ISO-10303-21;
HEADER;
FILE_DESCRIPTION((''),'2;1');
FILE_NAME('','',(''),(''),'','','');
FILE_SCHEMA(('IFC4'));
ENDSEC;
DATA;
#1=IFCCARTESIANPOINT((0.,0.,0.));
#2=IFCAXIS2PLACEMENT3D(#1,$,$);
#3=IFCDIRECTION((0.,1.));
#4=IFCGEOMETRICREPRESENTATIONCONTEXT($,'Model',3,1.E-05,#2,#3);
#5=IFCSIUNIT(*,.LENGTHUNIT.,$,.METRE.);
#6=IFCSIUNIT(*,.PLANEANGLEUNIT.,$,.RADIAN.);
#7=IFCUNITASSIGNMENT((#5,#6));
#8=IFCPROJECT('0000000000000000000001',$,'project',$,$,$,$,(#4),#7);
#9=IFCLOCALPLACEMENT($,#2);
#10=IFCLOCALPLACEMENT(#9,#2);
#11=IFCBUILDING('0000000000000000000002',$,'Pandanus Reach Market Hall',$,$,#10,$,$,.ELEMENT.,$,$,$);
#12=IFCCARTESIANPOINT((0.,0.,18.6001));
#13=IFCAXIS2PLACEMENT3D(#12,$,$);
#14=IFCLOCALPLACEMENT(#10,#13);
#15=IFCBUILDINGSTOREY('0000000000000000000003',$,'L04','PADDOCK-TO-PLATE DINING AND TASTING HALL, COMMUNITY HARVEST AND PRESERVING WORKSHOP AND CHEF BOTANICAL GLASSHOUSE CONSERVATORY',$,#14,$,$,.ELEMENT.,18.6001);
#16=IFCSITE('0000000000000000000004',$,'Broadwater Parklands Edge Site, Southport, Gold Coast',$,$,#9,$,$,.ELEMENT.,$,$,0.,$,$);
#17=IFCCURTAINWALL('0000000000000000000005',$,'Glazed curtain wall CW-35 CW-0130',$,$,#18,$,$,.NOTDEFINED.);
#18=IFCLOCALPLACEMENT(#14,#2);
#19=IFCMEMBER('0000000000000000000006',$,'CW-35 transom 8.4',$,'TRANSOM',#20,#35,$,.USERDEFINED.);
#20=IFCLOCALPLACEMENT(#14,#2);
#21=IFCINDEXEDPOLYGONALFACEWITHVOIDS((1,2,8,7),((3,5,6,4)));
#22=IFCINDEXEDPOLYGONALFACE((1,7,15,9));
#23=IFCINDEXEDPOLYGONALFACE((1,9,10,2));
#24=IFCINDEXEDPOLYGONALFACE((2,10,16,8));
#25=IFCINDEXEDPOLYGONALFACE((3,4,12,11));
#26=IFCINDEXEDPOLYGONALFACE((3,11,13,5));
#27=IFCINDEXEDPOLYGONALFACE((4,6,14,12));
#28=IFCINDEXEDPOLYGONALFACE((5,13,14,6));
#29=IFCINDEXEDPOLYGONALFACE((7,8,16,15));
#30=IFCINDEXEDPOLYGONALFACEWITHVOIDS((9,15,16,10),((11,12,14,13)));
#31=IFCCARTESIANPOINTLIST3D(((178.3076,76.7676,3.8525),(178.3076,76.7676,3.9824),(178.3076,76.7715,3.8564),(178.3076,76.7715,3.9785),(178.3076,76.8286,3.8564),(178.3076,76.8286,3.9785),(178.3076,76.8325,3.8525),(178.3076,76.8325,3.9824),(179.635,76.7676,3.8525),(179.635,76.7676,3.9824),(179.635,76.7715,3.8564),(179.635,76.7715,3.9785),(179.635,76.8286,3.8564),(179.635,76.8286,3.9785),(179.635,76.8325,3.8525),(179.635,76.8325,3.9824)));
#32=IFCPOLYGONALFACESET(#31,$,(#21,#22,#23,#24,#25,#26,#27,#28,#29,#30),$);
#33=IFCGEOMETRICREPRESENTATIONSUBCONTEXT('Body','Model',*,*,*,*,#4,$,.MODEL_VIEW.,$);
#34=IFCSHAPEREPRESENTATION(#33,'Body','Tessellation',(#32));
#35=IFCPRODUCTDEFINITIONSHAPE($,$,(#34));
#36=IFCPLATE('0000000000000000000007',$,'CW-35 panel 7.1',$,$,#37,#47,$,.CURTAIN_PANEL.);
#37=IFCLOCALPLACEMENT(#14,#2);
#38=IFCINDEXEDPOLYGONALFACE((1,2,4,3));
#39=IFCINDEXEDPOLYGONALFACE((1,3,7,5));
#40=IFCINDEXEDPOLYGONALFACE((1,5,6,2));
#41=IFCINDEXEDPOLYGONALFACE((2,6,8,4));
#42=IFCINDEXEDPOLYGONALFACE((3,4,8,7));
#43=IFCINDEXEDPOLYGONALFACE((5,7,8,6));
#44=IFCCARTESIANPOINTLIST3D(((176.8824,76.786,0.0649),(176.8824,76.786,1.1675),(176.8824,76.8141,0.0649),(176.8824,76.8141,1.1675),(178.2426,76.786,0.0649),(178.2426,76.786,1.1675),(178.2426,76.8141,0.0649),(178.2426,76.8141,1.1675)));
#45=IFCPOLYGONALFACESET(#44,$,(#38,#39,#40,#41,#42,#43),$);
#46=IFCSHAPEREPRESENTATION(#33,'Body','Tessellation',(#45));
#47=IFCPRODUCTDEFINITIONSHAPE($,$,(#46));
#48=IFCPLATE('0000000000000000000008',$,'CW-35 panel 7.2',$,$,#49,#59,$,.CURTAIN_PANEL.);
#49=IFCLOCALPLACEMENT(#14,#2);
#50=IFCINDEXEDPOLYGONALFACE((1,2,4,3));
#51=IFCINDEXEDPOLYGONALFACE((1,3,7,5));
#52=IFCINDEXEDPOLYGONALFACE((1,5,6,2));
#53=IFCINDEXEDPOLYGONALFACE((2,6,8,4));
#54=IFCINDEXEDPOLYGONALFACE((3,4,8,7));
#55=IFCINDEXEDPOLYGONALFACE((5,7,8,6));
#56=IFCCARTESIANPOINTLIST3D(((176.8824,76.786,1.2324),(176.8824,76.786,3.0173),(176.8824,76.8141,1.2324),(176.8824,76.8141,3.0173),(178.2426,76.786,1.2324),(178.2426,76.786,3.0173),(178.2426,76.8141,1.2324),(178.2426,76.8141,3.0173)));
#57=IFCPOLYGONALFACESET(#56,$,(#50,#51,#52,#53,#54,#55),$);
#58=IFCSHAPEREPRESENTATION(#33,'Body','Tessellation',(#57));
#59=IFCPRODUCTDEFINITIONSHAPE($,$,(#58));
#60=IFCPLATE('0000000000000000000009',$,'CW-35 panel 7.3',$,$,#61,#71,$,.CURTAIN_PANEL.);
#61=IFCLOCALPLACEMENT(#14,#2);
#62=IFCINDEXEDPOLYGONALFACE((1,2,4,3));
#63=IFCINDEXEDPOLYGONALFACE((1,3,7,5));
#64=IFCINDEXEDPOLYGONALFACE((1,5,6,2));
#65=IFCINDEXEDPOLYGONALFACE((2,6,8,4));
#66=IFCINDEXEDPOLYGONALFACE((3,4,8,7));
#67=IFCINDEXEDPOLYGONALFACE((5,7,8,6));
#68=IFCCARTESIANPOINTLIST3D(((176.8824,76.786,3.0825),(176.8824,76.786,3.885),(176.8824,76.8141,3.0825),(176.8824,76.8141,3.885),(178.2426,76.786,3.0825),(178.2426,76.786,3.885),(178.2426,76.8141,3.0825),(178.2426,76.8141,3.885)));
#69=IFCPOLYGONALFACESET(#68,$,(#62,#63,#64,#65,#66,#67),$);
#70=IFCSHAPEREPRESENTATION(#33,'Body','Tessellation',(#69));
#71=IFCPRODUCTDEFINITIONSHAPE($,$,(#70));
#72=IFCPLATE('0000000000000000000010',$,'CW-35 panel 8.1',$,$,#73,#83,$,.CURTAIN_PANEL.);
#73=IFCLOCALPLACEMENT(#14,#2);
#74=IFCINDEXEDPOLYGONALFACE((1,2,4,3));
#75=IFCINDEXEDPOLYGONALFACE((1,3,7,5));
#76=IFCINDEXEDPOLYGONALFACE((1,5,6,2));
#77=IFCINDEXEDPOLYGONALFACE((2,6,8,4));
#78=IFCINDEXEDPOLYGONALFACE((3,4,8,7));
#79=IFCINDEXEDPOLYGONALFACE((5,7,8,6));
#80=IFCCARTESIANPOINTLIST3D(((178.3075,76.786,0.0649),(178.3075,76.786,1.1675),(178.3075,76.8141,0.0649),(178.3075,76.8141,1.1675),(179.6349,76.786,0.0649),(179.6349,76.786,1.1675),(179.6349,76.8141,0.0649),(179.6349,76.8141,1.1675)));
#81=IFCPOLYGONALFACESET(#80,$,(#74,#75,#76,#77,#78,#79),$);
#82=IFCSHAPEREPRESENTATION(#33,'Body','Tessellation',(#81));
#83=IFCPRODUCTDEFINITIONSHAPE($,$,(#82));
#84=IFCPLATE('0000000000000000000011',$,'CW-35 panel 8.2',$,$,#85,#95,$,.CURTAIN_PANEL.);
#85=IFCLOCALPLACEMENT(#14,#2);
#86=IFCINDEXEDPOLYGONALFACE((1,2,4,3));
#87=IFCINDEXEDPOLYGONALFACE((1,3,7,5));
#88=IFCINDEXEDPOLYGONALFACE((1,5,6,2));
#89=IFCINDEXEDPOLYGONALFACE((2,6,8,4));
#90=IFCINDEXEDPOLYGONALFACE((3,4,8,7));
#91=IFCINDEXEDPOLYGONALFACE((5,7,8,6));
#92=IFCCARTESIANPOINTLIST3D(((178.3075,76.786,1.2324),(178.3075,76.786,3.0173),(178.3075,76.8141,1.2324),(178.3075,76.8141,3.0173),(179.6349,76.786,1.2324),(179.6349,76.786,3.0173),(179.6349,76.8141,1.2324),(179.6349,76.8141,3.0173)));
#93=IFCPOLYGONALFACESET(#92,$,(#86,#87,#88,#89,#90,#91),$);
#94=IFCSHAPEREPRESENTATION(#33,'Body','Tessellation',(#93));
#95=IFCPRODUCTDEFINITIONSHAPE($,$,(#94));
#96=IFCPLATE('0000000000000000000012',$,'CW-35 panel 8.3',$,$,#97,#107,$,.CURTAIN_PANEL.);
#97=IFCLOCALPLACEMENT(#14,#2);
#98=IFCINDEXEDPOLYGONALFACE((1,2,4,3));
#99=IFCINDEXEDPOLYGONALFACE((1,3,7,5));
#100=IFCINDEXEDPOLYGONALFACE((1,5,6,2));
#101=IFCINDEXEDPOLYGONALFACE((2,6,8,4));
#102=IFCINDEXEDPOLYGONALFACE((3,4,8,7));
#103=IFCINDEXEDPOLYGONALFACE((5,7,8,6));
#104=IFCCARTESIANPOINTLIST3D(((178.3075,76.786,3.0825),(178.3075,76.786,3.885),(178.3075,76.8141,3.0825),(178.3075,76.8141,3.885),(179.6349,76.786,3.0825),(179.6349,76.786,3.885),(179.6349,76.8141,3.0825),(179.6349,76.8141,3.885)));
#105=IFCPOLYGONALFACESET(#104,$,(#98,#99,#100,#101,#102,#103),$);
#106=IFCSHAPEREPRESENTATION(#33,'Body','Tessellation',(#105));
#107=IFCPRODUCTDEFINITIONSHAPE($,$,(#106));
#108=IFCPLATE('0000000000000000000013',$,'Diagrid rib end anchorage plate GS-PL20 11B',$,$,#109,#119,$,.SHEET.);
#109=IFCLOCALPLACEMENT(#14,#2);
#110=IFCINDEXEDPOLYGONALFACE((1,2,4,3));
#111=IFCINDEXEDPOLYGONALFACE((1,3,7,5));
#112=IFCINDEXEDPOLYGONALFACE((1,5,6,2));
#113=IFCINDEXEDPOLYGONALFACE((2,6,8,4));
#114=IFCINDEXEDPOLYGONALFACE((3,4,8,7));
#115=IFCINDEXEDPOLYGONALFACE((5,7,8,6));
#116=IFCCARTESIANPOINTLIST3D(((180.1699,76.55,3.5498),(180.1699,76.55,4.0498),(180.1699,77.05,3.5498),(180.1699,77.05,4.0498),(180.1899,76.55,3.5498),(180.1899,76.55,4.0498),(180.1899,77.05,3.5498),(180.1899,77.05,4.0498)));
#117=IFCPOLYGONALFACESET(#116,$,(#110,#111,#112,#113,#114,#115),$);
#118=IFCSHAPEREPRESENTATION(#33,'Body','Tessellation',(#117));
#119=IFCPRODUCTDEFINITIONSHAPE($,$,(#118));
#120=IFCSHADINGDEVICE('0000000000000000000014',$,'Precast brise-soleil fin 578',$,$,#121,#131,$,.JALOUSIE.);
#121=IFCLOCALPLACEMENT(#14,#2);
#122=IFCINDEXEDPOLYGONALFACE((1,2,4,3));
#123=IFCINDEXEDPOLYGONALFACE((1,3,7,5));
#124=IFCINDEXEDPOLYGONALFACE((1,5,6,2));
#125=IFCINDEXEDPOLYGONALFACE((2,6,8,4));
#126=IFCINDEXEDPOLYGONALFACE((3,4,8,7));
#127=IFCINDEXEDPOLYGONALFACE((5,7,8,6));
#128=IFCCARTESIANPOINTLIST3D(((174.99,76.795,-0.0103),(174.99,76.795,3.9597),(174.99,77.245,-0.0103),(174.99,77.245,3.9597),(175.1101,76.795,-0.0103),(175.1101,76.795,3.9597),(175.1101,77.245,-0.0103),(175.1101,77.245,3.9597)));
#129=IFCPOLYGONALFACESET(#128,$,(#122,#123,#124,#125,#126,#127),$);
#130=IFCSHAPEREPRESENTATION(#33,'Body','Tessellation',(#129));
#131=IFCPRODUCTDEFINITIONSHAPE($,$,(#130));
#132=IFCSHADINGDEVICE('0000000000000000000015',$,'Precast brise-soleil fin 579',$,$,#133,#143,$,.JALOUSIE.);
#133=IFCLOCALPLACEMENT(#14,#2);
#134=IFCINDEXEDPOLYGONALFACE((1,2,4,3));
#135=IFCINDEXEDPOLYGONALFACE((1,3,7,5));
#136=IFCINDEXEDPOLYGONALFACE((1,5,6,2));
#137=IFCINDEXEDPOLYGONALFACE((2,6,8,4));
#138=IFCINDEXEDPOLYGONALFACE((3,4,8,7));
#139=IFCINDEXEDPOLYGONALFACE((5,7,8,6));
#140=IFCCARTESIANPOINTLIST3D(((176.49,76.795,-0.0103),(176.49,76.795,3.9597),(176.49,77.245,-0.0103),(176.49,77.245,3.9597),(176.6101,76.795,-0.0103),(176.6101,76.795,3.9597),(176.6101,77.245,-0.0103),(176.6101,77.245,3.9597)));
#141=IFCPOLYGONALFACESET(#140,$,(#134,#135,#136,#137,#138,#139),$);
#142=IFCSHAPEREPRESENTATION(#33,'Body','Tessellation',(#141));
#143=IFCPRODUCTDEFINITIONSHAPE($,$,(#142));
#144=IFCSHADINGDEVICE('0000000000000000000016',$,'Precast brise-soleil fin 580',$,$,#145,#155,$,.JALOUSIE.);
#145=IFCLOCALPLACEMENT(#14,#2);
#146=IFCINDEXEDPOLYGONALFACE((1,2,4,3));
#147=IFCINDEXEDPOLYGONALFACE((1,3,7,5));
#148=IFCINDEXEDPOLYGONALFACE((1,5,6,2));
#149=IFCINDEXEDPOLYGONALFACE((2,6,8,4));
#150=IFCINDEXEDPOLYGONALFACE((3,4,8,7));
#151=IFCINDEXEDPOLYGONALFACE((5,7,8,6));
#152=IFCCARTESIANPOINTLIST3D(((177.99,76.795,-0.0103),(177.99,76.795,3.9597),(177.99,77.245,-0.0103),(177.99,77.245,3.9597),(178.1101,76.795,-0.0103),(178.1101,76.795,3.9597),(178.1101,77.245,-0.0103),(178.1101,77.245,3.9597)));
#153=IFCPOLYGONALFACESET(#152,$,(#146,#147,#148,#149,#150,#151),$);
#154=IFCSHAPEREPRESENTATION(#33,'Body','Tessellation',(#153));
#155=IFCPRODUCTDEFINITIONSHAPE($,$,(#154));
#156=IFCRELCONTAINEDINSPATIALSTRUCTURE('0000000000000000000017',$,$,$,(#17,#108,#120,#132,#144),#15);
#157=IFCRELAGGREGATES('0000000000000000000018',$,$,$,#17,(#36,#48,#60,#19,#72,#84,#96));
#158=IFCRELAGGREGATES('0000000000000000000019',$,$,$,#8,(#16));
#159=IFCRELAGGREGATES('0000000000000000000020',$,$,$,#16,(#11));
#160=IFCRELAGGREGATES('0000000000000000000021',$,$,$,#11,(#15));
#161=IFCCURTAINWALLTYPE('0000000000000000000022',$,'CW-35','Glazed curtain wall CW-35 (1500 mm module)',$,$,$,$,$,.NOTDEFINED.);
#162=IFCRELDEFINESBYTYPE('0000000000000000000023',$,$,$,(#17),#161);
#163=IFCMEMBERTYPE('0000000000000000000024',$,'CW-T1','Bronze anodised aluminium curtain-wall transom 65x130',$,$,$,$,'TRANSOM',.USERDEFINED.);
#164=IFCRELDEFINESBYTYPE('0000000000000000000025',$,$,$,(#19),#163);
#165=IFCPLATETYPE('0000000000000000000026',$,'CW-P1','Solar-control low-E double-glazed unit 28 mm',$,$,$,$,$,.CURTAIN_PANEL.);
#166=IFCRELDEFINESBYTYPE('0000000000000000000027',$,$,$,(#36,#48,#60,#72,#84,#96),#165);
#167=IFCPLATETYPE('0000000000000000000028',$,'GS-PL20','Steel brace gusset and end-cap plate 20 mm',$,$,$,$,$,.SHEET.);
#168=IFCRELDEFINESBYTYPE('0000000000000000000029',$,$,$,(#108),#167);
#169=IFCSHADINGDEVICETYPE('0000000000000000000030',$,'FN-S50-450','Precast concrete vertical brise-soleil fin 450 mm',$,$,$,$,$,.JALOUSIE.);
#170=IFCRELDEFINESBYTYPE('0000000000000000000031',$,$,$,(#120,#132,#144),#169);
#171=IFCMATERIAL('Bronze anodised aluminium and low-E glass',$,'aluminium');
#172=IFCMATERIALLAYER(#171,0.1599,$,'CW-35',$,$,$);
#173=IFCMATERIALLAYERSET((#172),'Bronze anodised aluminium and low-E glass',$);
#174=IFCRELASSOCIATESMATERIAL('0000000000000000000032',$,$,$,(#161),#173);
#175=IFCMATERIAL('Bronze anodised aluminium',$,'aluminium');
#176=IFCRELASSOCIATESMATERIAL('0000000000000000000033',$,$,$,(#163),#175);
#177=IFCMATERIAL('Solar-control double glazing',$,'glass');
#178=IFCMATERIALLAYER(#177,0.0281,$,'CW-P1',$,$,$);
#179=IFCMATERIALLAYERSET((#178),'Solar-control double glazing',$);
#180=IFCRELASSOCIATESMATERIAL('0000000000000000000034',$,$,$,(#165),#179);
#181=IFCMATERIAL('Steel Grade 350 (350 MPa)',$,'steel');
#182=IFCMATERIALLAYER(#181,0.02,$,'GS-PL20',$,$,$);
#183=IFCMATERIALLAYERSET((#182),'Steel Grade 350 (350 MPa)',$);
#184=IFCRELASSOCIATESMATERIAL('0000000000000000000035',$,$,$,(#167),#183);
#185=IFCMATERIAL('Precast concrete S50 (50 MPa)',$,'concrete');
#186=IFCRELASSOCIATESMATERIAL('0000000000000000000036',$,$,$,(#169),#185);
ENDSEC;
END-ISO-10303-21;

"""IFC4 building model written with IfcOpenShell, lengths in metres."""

from ifc_helpers import new_model, si_unit, direction, frame, origin, origin_2d, place, context, subcontext, project, spatial, rectangle, hollow_rectangle, extrude, material, layer, layer_set, material_profile, profile_set, type_object, element, aggregate, save


model = new_model("IFC4")

# Units and contexts
model_context = context("Model", 3, precision=1e-05, world=origin(), true_north=direction((0.0, 1.0)))
body_context = subcontext(model_context, "Body", "Model", "MODEL_VIEW")
ifc_project = project(units=[si_unit("LENGTHUNIT", "METRE"), si_unit("PLANEANGLEUNIT", "RADIAN")], contexts=[model_context])

# Site, building, storey
site_placement = place(None, origin())
site = spatial("IfcSite", under=ifc_project, at=site_placement, Name="Broadwater Parklands Edge Site, Southport, Gold Coast", CompositionType="ELEMENT", RefElevation=0.0)
building_placement = place(site_placement, origin())
building = spatial("IfcBuilding", under=site, at=building_placement, Name="Pandanus Reach Market Hall", CompositionType="ELEMENT")
storey_placement = place(building_placement, frame((0.0, 0.0, 18.6001)))
storey = spatial("IfcBuildingStorey", under=building, at=storey_placement, Name="L04", Description="PADDOCK-TO-PLATE DINING AND TASTING HALL, COMMUNITY HARVEST AND PRESERVING WORKSHOP AND CHEF BOTANICAL GLASSHOUSE CONSERVATORY", CompositionType="ELEMENT", Elevation=18.6001)

# Curtain wall, member, plates
ifc_material_1 = material(Name="Bronze anodised aluminium and low-E glass", Category="aluminium")
ifc_layer_1 = layer(ifc_material_1, 0.1599, Name="CW-35")
ifc_layer_set_1 = layer_set([ifc_layer_1], Name="Bronze anodised aluminium and low-E glass")
curtain_wall_type = type_object("IfcCurtainWallType", Name="CW-35", Description="Glazed curtain wall CW-35 (1500 mm module)", PredefinedType="NOTDEFINED", material=ifc_layer_set_1)
curtain_wall_placement = place(storey_placement, origin())
curtain_wall = element("IfcCurtainWall", 1, at=curtain_wall_placement, inside=storey, type_object=curtain_wall_type, Name="Glazed curtain wall CW-35 CW-0130", PredefinedType="NOTDEFINED")
ifc_material_2 = material(Name="Bronze anodised aluminium", Category="aluminium")
ifc_material_profile_1 = material_profile(ifc_material_2, hollow_rectangle(XDim=0.0649, YDim=0.1299, WallThickness=0.0039, at=origin_2d()), Name="ALU65x130", Category="LoadBearing")
ifc_profile_set_1 = profile_set([ifc_material_profile_1], Name="Bronze anodised aluminium")
member_type_1 = type_object("IfcMemberType", Name="CW-T1", Description="Bronze anodised aluminium curtain-wall transom 65x130", ElementType="TRANSOM", PredefinedType="USERDEFINED", material=ifc_profile_set_1)
member_1_placement = place(storey_placement, frame((178.3076, 76.8, 3.9175), z_axis=(1.0, 0.0, 0.0), x_axis=(0.0, 1.0, 0.0)))
member_1 = element("IfcMember", 2, at=member_1_placement, type_object=member_type_1, Name="CW-35 transom 8.4", ObjectType="TRANSOM", PredefinedType="USERDEFINED", context=body_context, shape_type="SweptSolid", body=[
    extrude(hollow_rectangle(XDim=0.0649, YDim=0.1299, WallThickness=0.0039, at=origin_2d()), origin(), (0.0, 0.0, 1.0), 1.3274),
])
ifc_material_3 = material(Name="Solar-control double glazing", Category="glass")
ifc_layer_2 = layer(ifc_material_3, 0.0281, Name="CW-P1")
ifc_layer_set_2 = layer_set([ifc_layer_2], Name="Solar-control double glazing")
plate_type_1 = type_object("IfcPlateType", Name="CW-P1", Description="Solar-control low-E double-glazed unit 28 mm", PredefinedType="CURTAIN_PANEL", material=ifc_layer_set_2)
plate_1_placement = place(storey_placement, frame((177.5625, 76.8, 0.0649), z_axis=(0.0, 0.0, 1.0), x_axis=(1.0, 0.0, 0.0)))
plate_1 = element("IfcPlate", 3, at=plate_1_placement, type_object=plate_type_1, Name="CW-35 panel 7.1", PredefinedType="CURTAIN_PANEL", context=body_context, shape_type="SweptSolid", body=[
    extrude(rectangle(XDim=1.3601, YDim=0.0281, at=origin_2d()), origin(), (0.0, 0.0, 1.0), 1.1025),
])
plate_2_placement = place(storey_placement, frame((177.5625, 76.8, 1.2324), z_axis=(0.0, 0.0, 1.0), x_axis=(1.0, 0.0, 0.0)))
plate_2 = element("IfcPlate", 4, at=plate_2_placement, type_object=plate_type_1, Name="CW-35 panel 7.2", PredefinedType="CURTAIN_PANEL", context=body_context, shape_type="SweptSolid", body=[
    extrude(rectangle(XDim=1.3601, YDim=0.0281, at=origin_2d()), origin(), (0.0, 0.0, 1.0), 1.7849),
])
plate_3_placement = place(storey_placement, frame((177.5625, 76.8, 3.0825), z_axis=(0.0, 0.0, 1.0), x_axis=(1.0, 0.0, 0.0)))
plate_3 = element("IfcPlate", 5, at=plate_3_placement, type_object=plate_type_1, Name="CW-35 panel 7.3", PredefinedType="CURTAIN_PANEL", context=body_context, shape_type="SweptSolid", body=[
    extrude(rectangle(XDim=1.3601, YDim=0.0281, at=origin_2d()), origin(), (0.0, 0.0, 1.0), 0.8025),
])
plate_4_placement = place(storey_placement, frame((178.9712, 76.8, 0.0649), z_axis=(0.0, 0.0, 1.0), x_axis=(1.0, 0.0, 0.0)))
plate_4 = element("IfcPlate", 6, at=plate_4_placement, type_object=plate_type_1, Name="CW-35 panel 8.1", PredefinedType="CURTAIN_PANEL", context=body_context, shape_type="SweptSolid", body=[
    extrude(rectangle(XDim=1.3274, YDim=0.0281, at=origin_2d()), origin(), (0.0, 0.0, 1.0), 1.1025),
])
plate_5_placement = place(storey_placement, frame((178.9712, 76.8, 1.2324), z_axis=(0.0, 0.0, 1.0), x_axis=(1.0, 0.0, 0.0)))
plate_5 = element("IfcPlate", 7, at=plate_5_placement, type_object=plate_type_1, Name="CW-35 panel 8.2", PredefinedType="CURTAIN_PANEL", context=body_context, shape_type="SweptSolid", body=[
    extrude(rectangle(XDim=1.3274, YDim=0.0281, at=origin_2d()), origin(), (0.0, 0.0, 1.0), 1.7849),
])
plate_6_placement = place(storey_placement, frame((178.9712, 76.8, 3.0825), z_axis=(0.0, 0.0, 1.0), x_axis=(1.0, 0.0, 0.0)))
plate_6 = element("IfcPlate", 8, at=plate_6_placement, type_object=plate_type_1, Name="CW-35 panel 8.3", PredefinedType="CURTAIN_PANEL", context=body_context, shape_type="SweptSolid", body=[
    extrude(rectangle(XDim=1.3274, YDim=0.0281, at=origin_2d()), origin(), (0.0, 0.0, 1.0), 0.8025),
])
aggregate(curtain_wall, [plate_1, plate_2, plate_3, member_1, plate_4, plate_5, plate_6])

# Plate
ifc_material_4 = material(Name="Steel Grade 350 (350 MPa)", Category="steel")
ifc_layer_3 = layer(ifc_material_4, 0.02, Name="GS-PL20")
ifc_layer_set_3 = layer_set([ifc_layer_3], Name="Steel Grade 350 (350 MPa)")
plate_type_2 = type_object("IfcPlateType", Name="GS-PL20", Description="Steel brace gusset and end-cap plate 20 mm", PredefinedType="SHEET", material=ifc_layer_set_3)
plate_7_placement = place(storey_placement, frame((180.1799, 76.8, 3.5498), z_axis=(0.0, 0.0, 1.0), x_axis=(1.0, 0.0, 0.0)))
element("IfcPlate", 9, at=plate_7_placement, inside=storey, type_object=plate_type_2, Name="Diagrid rib end anchorage plate GS-PL20 11B", PredefinedType="SHEET", context=body_context, shape_type="SweptSolid", body=[
    extrude(rectangle(XDim=0.02, YDim=0.5, at=origin_2d()), origin(), (0.0, 0.0, 1.0), 0.5),
])

# Shading devices
ifc_material_5 = material(Name="Precast concrete S50 (50 MPa)", Category="concrete")
shading_device_type = type_object("IfcShadingDeviceType", Name="FN-S50-450", Description="Precast concrete vertical brise-soleil fin 450 mm", PredefinedType="JALOUSIE", material=ifc_material_5)
for number, where, z_axis, x_axis, name in (
    (10, (175.05, 77.02, -0.0103), (0.0, 0.0, 1.0), (0.0, 1.0, 0.0), "Precast brise-soleil fin 578"),
    (11, (176.55, 77.02, -0.0103), (0.0, 0.0, 1.0), (0.0, 1.0, 0.0), "Precast brise-soleil fin 579"),
    (12, (178.05, 77.02, -0.0103), (0.0, 0.0, 1.0), (0.0, 1.0, 0.0), "Precast brise-soleil fin 580"),
):
    element("IfcShadingDevice", number, at=place(storey_placement, frame(where, z_axis=z_axis, x_axis=x_axis)), inside=storey, type_object=shading_device_type, Name=name, PredefinedType="JALOUSIE", context=body_context, shape_type="SweptSolid", body=[
        extrude(rectangle(XDim=0.45, YDim=0.1201, at=origin_2d()), origin(), (0.0, 0.0, 1.0), 3.97),
    ])

save(model, "model.ifc")
